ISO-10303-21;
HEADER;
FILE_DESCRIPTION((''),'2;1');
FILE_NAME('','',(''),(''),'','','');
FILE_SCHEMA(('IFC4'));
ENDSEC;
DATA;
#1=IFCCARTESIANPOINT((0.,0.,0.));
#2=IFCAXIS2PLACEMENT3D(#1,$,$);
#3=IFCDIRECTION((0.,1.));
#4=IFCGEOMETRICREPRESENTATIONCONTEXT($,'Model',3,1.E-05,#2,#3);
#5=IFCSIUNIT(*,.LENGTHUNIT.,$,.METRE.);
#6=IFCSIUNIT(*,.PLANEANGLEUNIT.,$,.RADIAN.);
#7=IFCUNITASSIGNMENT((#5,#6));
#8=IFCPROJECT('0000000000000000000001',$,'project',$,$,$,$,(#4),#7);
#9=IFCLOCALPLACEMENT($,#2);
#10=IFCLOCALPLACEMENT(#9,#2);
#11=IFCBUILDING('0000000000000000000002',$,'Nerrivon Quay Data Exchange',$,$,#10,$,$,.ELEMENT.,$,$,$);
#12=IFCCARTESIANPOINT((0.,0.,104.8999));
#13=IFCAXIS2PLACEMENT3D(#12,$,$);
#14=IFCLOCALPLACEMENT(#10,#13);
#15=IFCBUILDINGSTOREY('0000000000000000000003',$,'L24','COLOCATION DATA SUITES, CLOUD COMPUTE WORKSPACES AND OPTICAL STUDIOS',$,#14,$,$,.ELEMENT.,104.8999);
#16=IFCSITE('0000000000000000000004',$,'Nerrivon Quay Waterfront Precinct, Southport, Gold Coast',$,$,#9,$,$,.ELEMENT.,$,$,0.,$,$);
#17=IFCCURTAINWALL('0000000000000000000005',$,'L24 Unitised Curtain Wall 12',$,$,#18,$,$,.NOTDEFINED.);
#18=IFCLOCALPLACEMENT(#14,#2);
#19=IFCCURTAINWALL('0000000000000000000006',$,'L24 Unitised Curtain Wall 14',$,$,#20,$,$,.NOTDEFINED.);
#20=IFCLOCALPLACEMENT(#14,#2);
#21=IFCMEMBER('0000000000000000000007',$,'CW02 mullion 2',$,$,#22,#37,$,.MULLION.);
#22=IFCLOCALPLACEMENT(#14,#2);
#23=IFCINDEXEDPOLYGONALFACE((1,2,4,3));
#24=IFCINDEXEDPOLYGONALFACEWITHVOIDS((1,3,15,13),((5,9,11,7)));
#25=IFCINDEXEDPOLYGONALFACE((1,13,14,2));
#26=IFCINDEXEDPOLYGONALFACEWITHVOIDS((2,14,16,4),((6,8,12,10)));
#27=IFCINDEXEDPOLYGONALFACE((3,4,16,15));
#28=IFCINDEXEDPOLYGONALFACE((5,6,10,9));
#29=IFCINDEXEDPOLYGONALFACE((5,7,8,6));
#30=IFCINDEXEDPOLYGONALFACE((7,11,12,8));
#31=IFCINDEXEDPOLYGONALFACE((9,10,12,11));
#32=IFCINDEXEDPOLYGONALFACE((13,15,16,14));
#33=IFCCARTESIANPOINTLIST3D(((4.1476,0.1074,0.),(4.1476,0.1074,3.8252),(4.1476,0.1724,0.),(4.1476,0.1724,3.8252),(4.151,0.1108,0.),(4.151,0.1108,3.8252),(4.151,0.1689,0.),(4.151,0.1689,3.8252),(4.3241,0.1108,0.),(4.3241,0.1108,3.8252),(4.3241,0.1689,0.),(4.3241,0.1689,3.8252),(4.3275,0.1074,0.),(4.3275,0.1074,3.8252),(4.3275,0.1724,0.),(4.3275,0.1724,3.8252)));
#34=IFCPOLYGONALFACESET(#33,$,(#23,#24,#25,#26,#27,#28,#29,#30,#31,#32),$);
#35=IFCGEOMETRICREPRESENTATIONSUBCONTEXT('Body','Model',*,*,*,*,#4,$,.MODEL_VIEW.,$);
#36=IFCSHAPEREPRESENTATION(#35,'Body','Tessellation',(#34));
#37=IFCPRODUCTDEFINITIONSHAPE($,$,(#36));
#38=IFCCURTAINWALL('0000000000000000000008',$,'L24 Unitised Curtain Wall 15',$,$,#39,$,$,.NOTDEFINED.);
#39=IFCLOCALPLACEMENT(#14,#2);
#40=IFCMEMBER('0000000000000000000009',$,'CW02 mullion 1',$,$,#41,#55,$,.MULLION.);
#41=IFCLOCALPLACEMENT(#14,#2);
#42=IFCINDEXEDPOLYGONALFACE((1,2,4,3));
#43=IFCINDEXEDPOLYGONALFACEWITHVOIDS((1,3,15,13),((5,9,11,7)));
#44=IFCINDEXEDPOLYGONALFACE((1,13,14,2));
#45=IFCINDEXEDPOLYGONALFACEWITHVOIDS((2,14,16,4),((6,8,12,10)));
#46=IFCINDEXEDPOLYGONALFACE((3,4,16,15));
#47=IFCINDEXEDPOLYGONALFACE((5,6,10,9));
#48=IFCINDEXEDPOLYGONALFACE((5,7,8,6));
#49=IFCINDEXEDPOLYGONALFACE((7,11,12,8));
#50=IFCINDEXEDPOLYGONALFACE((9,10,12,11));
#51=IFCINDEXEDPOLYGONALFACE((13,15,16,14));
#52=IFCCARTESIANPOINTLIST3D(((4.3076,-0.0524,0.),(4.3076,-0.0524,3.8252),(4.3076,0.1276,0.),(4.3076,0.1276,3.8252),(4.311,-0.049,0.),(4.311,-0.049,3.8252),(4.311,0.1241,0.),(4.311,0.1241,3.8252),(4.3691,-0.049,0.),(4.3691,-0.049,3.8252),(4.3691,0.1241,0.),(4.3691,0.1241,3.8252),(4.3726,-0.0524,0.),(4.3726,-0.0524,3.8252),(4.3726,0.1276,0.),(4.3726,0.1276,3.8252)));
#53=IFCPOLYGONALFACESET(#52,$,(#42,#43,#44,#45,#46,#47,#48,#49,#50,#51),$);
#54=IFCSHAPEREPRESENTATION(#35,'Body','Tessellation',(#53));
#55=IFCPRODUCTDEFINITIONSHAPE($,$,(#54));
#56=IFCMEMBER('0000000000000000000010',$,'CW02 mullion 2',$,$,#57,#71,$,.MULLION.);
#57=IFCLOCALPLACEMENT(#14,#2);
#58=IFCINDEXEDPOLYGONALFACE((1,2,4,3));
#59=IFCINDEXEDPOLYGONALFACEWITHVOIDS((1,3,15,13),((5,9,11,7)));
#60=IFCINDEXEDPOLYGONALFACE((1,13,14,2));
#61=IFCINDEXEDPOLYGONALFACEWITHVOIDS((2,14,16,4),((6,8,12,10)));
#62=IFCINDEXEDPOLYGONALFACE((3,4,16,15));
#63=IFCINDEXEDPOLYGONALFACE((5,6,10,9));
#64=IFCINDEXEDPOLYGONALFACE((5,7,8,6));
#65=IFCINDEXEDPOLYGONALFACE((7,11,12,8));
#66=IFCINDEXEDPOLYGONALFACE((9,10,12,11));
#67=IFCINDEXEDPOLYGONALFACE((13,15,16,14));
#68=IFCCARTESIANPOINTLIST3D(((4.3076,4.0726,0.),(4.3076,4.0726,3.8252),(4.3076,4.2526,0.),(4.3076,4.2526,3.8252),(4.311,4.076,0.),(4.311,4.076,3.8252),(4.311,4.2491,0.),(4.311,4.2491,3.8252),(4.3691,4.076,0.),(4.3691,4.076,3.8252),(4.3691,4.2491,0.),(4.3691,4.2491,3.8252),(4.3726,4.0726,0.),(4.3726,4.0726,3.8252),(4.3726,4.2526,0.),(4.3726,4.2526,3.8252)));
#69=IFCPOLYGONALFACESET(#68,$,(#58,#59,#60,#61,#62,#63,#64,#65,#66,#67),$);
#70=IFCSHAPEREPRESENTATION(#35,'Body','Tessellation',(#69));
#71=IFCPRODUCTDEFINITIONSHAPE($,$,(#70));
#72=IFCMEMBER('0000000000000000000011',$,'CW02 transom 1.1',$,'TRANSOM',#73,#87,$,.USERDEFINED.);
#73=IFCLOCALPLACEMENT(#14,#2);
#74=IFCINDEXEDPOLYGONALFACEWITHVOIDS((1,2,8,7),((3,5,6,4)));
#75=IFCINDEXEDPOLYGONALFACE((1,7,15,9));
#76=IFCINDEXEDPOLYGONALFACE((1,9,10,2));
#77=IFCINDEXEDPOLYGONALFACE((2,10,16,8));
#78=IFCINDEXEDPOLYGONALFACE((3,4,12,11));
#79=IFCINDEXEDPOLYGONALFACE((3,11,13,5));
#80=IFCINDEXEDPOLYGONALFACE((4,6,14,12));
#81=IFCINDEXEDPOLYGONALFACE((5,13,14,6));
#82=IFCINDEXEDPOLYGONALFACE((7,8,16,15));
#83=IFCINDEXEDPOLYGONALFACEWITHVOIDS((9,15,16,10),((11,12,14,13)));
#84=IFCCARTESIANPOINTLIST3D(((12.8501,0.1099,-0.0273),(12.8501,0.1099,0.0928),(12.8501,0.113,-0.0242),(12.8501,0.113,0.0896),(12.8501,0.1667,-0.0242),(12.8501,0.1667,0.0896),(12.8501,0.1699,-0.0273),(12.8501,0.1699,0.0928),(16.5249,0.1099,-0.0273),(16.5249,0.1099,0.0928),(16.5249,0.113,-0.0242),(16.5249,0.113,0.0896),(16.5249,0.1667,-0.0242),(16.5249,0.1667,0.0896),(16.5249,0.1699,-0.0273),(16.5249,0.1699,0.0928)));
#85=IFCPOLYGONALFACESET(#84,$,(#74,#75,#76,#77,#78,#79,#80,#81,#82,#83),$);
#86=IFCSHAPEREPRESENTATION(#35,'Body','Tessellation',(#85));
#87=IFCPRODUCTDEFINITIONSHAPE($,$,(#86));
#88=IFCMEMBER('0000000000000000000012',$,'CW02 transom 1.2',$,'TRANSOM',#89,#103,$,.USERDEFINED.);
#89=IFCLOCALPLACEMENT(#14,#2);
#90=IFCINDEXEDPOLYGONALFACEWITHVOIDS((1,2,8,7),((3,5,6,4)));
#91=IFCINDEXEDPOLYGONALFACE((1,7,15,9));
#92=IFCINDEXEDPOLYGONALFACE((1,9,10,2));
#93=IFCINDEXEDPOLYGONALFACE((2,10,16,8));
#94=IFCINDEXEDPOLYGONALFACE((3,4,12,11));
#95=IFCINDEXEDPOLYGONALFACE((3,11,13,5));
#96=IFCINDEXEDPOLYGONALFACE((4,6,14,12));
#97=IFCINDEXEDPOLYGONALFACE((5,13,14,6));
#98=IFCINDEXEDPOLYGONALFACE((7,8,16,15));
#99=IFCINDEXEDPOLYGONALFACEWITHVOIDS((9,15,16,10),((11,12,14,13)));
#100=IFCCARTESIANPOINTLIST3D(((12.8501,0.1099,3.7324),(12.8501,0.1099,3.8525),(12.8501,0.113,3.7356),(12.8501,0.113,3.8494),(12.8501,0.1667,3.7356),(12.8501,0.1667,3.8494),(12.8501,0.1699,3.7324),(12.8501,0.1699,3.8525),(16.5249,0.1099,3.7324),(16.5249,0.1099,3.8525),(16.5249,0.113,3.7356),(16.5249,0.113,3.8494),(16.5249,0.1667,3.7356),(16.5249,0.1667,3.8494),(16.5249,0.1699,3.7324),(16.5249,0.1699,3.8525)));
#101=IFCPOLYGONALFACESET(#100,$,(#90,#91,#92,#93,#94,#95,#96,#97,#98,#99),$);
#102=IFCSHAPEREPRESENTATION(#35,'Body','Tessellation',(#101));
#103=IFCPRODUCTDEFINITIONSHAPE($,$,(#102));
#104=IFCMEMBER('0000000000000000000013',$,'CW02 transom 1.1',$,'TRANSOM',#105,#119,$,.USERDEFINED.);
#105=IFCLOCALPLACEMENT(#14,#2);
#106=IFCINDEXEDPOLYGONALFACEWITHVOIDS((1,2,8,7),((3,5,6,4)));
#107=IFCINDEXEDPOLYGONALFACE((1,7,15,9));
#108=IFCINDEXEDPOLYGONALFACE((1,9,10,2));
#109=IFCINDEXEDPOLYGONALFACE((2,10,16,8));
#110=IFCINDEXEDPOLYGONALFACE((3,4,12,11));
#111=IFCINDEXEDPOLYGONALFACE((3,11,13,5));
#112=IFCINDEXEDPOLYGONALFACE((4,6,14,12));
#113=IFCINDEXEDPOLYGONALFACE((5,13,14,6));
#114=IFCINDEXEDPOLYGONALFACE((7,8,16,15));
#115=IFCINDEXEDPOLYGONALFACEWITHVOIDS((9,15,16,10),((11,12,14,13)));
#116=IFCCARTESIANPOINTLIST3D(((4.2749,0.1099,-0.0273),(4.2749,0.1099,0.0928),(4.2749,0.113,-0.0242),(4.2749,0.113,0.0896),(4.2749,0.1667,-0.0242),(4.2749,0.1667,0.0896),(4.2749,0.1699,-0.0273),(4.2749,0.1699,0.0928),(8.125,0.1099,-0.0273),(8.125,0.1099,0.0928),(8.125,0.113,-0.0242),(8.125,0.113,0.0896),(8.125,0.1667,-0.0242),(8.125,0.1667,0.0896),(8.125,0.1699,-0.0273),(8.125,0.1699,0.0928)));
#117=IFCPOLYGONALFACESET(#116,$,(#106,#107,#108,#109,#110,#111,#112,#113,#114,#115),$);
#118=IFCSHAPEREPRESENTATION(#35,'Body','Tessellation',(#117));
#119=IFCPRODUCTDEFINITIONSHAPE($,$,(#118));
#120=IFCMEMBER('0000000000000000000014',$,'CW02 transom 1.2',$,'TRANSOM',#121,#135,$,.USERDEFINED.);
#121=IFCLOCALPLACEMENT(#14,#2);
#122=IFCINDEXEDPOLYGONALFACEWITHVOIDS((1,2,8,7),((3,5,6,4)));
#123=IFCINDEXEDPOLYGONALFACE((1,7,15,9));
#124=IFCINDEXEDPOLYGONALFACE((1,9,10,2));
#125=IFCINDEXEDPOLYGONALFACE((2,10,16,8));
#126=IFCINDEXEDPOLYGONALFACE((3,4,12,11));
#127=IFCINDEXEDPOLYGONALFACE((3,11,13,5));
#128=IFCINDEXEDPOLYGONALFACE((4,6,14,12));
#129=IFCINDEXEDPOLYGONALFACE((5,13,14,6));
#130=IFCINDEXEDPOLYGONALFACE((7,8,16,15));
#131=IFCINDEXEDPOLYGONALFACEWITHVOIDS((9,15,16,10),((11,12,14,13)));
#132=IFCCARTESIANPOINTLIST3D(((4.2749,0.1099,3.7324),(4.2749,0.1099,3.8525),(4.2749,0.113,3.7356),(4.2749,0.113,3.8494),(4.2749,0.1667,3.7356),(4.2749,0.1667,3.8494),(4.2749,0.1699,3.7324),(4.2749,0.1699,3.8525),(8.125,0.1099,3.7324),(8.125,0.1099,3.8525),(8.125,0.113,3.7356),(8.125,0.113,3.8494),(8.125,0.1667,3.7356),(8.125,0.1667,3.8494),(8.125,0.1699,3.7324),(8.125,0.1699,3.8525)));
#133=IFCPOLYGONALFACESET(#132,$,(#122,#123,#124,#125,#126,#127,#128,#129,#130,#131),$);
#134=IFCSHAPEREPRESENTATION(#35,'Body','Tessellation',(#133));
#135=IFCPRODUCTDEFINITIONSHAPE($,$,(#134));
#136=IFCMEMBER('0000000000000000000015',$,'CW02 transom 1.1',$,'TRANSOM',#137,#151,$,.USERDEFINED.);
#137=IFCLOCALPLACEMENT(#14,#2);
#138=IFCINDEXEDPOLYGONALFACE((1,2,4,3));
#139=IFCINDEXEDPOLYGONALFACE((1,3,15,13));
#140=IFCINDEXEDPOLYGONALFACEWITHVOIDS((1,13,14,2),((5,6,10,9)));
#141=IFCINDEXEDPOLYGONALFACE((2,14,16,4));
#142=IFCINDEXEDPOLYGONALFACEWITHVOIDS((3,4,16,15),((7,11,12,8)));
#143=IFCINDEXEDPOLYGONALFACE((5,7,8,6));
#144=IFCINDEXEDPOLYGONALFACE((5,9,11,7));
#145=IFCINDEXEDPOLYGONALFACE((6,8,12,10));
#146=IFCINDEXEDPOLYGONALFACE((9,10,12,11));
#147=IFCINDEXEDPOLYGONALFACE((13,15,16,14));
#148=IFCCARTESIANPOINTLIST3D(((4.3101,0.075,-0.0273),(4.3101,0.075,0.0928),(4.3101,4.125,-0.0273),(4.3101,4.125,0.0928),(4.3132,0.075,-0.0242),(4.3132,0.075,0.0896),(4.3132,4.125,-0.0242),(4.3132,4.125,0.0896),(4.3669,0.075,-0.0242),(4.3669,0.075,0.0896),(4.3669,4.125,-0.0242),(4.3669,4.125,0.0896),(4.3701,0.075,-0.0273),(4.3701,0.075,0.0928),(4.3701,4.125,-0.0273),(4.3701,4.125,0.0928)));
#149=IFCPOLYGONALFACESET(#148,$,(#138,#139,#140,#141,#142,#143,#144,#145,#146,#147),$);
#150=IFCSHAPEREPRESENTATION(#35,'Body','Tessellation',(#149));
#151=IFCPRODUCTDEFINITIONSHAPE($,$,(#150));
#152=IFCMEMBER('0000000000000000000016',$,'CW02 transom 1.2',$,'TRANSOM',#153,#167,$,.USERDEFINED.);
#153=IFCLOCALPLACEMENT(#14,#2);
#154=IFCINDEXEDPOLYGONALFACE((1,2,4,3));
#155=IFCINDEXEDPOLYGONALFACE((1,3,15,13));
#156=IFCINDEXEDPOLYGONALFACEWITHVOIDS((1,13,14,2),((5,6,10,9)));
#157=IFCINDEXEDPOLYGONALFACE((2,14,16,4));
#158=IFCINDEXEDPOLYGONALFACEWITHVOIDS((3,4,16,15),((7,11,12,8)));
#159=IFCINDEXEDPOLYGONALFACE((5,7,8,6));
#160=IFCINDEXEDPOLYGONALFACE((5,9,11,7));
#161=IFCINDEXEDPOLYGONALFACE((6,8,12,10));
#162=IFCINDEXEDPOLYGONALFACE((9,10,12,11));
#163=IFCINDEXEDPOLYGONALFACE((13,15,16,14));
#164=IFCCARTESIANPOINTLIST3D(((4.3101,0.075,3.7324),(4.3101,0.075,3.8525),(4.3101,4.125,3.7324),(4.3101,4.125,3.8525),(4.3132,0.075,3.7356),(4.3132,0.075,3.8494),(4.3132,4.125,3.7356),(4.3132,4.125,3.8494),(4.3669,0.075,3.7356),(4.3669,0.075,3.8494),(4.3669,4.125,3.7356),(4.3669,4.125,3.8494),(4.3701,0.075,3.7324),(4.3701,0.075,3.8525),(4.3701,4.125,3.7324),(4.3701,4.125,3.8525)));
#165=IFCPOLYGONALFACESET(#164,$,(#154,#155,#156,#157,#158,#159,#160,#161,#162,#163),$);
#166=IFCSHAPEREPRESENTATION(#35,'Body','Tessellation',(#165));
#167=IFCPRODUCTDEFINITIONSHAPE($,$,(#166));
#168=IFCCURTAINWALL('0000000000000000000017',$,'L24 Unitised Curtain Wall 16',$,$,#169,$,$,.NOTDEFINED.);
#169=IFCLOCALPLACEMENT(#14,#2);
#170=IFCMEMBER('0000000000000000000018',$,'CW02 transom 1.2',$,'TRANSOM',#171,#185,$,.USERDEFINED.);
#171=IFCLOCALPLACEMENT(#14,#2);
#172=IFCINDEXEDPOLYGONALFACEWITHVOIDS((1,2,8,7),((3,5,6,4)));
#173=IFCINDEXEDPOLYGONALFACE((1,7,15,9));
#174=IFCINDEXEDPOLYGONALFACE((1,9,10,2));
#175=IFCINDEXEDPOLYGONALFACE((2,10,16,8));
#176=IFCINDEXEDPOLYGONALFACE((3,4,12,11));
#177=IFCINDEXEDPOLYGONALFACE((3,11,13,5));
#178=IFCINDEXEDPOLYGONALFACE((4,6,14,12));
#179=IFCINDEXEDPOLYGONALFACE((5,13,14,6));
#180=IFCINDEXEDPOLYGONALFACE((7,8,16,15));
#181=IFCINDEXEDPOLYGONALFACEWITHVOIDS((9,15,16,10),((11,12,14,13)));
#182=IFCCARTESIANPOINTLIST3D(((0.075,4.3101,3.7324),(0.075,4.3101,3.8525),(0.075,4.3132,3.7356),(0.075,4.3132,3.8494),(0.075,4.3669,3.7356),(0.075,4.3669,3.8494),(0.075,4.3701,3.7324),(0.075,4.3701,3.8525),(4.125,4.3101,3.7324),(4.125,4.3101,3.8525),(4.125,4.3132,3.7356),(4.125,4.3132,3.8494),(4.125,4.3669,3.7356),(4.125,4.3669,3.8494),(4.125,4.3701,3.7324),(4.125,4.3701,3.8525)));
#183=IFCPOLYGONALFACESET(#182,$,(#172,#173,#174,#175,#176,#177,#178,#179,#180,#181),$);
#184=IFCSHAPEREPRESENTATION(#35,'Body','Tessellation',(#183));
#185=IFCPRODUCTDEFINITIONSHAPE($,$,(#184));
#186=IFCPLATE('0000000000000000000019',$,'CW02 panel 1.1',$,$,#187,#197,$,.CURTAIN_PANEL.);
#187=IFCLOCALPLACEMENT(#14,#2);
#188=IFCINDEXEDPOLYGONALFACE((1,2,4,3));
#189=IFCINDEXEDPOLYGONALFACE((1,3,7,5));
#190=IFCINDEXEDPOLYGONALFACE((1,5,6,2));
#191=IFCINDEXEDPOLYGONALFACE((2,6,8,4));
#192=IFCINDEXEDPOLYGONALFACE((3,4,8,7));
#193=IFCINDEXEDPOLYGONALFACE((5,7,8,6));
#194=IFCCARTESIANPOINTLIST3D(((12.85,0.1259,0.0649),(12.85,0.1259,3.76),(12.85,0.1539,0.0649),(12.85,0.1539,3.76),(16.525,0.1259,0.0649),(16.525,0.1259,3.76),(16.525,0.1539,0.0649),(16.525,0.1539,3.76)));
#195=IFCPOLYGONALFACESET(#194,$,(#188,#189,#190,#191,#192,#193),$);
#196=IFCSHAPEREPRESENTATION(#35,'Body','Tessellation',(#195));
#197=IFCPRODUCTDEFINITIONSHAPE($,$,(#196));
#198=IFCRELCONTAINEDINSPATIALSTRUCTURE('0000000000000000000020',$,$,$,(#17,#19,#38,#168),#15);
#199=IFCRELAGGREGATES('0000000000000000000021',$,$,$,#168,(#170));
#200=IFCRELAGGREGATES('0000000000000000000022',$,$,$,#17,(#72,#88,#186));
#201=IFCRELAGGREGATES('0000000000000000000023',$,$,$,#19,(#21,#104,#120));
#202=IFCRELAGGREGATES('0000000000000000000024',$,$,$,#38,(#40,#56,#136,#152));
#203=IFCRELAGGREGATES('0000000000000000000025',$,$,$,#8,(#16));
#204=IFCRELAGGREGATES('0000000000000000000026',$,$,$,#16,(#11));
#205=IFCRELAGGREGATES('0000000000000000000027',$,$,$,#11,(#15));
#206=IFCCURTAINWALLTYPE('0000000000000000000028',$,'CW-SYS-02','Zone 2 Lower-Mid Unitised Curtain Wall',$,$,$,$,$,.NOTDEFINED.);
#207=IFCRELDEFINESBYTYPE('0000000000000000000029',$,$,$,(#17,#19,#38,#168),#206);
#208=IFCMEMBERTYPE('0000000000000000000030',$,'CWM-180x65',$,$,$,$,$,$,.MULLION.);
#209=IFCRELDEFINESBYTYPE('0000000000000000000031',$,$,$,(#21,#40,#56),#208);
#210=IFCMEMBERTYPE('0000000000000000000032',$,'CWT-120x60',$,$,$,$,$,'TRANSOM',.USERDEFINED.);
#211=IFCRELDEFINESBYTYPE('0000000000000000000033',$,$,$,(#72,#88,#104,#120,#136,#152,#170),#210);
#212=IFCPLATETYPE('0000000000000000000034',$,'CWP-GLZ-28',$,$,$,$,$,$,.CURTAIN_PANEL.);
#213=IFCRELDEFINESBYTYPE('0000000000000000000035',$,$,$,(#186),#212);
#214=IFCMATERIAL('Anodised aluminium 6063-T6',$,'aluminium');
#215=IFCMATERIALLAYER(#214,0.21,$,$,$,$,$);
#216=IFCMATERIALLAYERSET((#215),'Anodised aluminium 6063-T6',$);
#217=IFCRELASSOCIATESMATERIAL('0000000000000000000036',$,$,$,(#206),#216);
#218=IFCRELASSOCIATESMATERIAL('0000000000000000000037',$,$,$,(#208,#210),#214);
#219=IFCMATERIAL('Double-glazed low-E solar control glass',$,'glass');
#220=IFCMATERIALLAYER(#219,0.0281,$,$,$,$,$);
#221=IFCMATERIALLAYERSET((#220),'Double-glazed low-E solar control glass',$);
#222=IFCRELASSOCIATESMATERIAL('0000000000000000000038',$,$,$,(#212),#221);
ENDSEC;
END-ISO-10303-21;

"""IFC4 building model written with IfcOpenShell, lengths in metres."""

from ifc_helpers import new_model, si_unit, direction, frame, origin, origin_2d, place, context, subcontext, project, spatial, rectangle, hollow_rectangle, extrude, material, layer, layer_set, material_profile, profile_set, type_object, element, aggregate, save


model = new_model("IFC4")

# Units and contexts
model_context = context("Model", 3, precision=1e-05, world=origin(), true_north=direction((0.0, 1.0)))
body_context = subcontext(model_context, "Body", "Model", "MODEL_VIEW")
ifc_project = project(units=[si_unit("LENGTHUNIT", "METRE"), si_unit("PLANEANGLEUNIT", "RADIAN")], contexts=[model_context])

# Site, building, storey
site_placement = place(None, origin())
site = spatial("IfcSite", under=ifc_project, at=site_placement, Name="Nerrivon Quay Waterfront Precinct, Southport, Gold Coast", CompositionType="ELEMENT", RefElevation=0.0)
building_placement = place(site_placement, origin())
building = spatial("IfcBuilding", under=site, at=building_placement, Name="Nerrivon Quay Data Exchange", CompositionType="ELEMENT")
storey_placement = place(building_placement, frame((0.0, 0.0, 104.8999)))
storey = spatial("IfcBuildingStorey", under=building, at=storey_placement, Name="L24", Description="COLOCATION DATA SUITES, CLOUD COMPUTE WORKSPACES AND OPTICAL STUDIOS", CompositionType="ELEMENT", Elevation=104.8999)

# Curtain walls, members
ifc_material_1 = material(Name="Anodised aluminium 6063-T6", Category="aluminium")
ifc_layer_1 = layer(ifc_material_1, 0.21)
ifc_layer_set_1 = layer_set([ifc_layer_1], Name="Anodised aluminium 6063-T6")
curtain_wall_type = type_object("IfcCurtainWallType", Name="CW-SYS-02", Description="Zone 2 Lower-Mid Unitised Curtain Wall", PredefinedType="NOTDEFINED", material=ifc_layer_set_1)
curtain_wall_1_placement = place(storey_placement, origin())
curtain_wall_1 = element("IfcCurtainWall", 1, at=curtain_wall_1_placement, inside=storey, type_object=curtain_wall_type, Name="L24 Unitised Curtain Wall 12", PredefinedType="NOTDEFINED")
ifc_material_profile_1 = material_profile(ifc_material_1, hollow_rectangle(XDim=0.0649, YDim=0.1799, WallThickness=0.0034, at=origin_2d()), Name="ALU-MULL-180x65")
ifc_profile_set_1 = profile_set([ifc_material_profile_1], Name="Anodised aluminium 6063-T6")
member_type_1 = type_object("IfcMemberType", Name="CWM-180x65", PredefinedType="MULLION", material=ifc_profile_set_1)
curtain_wall_2_placement = place(storey_placement, origin())
curtain_wall_2 = element("IfcCurtainWall", 2, at=curtain_wall_2_placement, inside=storey, type_object=curtain_wall_type, Name="L24 Unitised Curtain Wall 14", PredefinedType="NOTDEFINED")
member_1_placement = place(storey_placement, frame((4.2375, 0.1399, 0.0), z_axis=(0.0, 0.0, 1.0), x_axis=(0.0, -1.0, 0.0)))
member_1 = element("IfcMember", 3, at=member_1_placement, type_object=member_type_1, Name="CW02 mullion 2", PredefinedType="MULLION", context=body_context, shape_type="SweptSolid", body=[
    extrude(hollow_rectangle(XDim=0.0649, YDim=0.1799, WallThickness=0.0034, at=origin_2d()), origin(), (0.0, 0.0, 1.0), 3.8252),
])
curtain_wall_3_placement = place(storey_placement, origin())
curtain_wall_3 = element("IfcCurtainWall", 4, at=curtain_wall_3_placement, inside=storey, type_object=curtain_wall_type, Name="L24 Unitised Curtain Wall 15", PredefinedType="NOTDEFINED")
member_2_placement = place(storey_placement, frame((4.3401, 0.0376, 0.0), z_axis=(0.0, 0.0, 1.0), x_axis=(-1.0, 0.0, 0.0)))
member_2 = element("IfcMember", 5, at=member_2_placement, type_object=member_type_1, Name="CW02 mullion 1", PredefinedType="MULLION", context=body_context, shape_type="SweptSolid", body=[
    extrude(hollow_rectangle(XDim=0.0649, YDim=0.1799, WallThickness=0.0034, at=origin_2d()), origin(), (0.0, 0.0, 1.0), 3.8252),
])
member_3_placement = place(storey_placement, frame((4.3401, 4.1626, 0.0), z_axis=(0.0, 0.0, 1.0), x_axis=(-1.0, 0.0, 0.0)))
member_3 = element("IfcMember", 6, at=member_3_placement, type_object=member_type_1, Name="CW02 mullion 2", PredefinedType="MULLION", context=body_context, shape_type="SweptSolid", body=[
    extrude(hollow_rectangle(XDim=0.0649, YDim=0.1799, WallThickness=0.0034, at=origin_2d()), origin(), (0.0, 0.0, 1.0), 3.8252),
])

# Members
ifc_material_profile_2 = material_profile(ifc_material_1, hollow_rectangle(XDim=0.0601, YDim=0.1201, WallThickness=0.0032, at=origin_2d()), Name="ALU-TRAN-120x60")
ifc_profile_set_2 = profile_set([ifc_material_profile_2], Name="Anodised aluminium 6063-T6")
member_type_2 = type_object("IfcMemberType", Name="CWT-120x60", ElementType="TRANSOM", PredefinedType="USERDEFINED", material=ifc_profile_set_2)
member_4_placement = place(storey_placement, frame((16.5249, 0.1399, 0.0327), z_axis=(-1.0, 0.0, 0.0), x_axis=(0.0, -1.0, 0.0)))
member_4 = element("IfcMember", 7, at=member_4_placement, type_object=member_type_2, Name="CW02 transom 1.1", ObjectType="TRANSOM", PredefinedType="USERDEFINED", context=body_context, shape_type="SweptSolid", body=[
    extrude(hollow_rectangle(XDim=0.0601, YDim=0.1201, WallThickness=0.0032, at=origin_2d()), origin(), (0.0, 0.0, 1.0), 3.6748),
])
member_5_placement = place(storey_placement, frame((16.5249, 0.1399, 3.7925), z_axis=(-1.0, 0.0, 0.0), x_axis=(0.0, -1.0, 0.0)))
member_5 = element("IfcMember", 8, at=member_5_placement, type_object=member_type_2, Name="CW02 transom 1.2", ObjectType="TRANSOM", PredefinedType="USERDEFINED", context=body_context, shape_type="SweptSolid", body=[
    extrude(hollow_rectangle(XDim=0.0601, YDim=0.1201, WallThickness=0.0032, at=origin_2d()), origin(), (0.0, 0.0, 1.0), 3.6748),
])
member_6_placement = place(storey_placement, frame((8.125, 0.1399, 0.0327), z_axis=(-1.0, 0.0, 0.0), x_axis=(0.0, -1.0, 0.0)))
member_6 = element("IfcMember", 9, at=member_6_placement, type_object=member_type_2, Name="CW02 transom 1.1", ObjectType="TRANSOM", PredefinedType="USERDEFINED", context=body_context, shape_type="SweptSolid", body=[
    extrude(hollow_rectangle(XDim=0.0601, YDim=0.1201, WallThickness=0.0032, at=origin_2d()), origin(), (0.0, 0.0, 1.0), 3.8501),
])
member_7_placement = place(storey_placement, frame((8.125, 0.1399, 3.7925), z_axis=(-1.0, 0.0, 0.0), x_axis=(0.0, -1.0, 0.0)))
member_7 = element("IfcMember", 10, at=member_7_placement, type_object=member_type_2, Name="CW02 transom 1.2", ObjectType="TRANSOM", PredefinedType="USERDEFINED", context=body_context, shape_type="SweptSolid", body=[
    extrude(hollow_rectangle(XDim=0.0601, YDim=0.1201, WallThickness=0.0032, at=origin_2d()), origin(), (0.0, 0.0, 1.0), 3.8501),
])
member_8_placement = place(storey_placement, frame((4.3401, 0.075, 0.0327), z_axis=(0.0, 1.0, 0.0), x_axis=(-1.0, 0.0, 0.0)))
member_8 = element("IfcMember", 11, at=member_8_placement, type_object=member_type_2, Name="CW02 transom 1.1", ObjectType="TRANSOM", PredefinedType="USERDEFINED", context=body_context, shape_type="SweptSolid", body=[
    extrude(hollow_rectangle(XDim=0.0601, YDim=0.1201, WallThickness=0.0032, at=origin_2d()), origin(), (0.0, 0.0, 1.0), 4.05),
])
member_9_placement = place(storey_placement, frame((4.3401, 0.075, 3.7925), z_axis=(0.0, 1.0, 0.0), x_axis=(-1.0, 0.0, 0.0)))
member_9 = element("IfcMember", 12, at=member_9_placement, type_object=member_type_2, Name="CW02 transom 1.2", ObjectType="TRANSOM", PredefinedType="USERDEFINED", context=body_context, shape_type="SweptSolid", body=[
    extrude(hollow_rectangle(XDim=0.0601, YDim=0.1201, WallThickness=0.0032, at=origin_2d()), origin(), (0.0, 0.0, 1.0), 4.05),
])

# Curtain wall, member
curtain_wall_4_placement = place(storey_placement, origin())
curtain_wall_4 = element("IfcCurtainWall", 13, at=curtain_wall_4_placement, inside=storey, type_object=curtain_wall_type, Name="L24 Unitised Curtain Wall 16", PredefinedType="NOTDEFINED")
member_10_placement = place(storey_placement, frame((4.125, 4.3401, 3.7925), z_axis=(-1.0, 0.0, 0.0), x_axis=(0.0, -1.0, 0.0)))
member_10 = element("IfcMember", 14, at=member_10_placement, type_object=member_type_2, Name="CW02 transom 1.2", ObjectType="TRANSOM", PredefinedType="USERDEFINED", context=body_context, shape_type="SweptSolid", body=[
    extrude(hollow_rectangle(XDim=0.0601, YDim=0.1201, WallThickness=0.0032, at=origin_2d()), origin(), (0.0, 0.0, 1.0), 4.05),
])
aggregate(curtain_wall_4, [member_10])

# Plate
ifc_material_2 = material(Name="Double-glazed low-E solar control glass", Category="glass")
ifc_layer_2 = layer(ifc_material_2, 0.0281)
ifc_layer_set_2 = layer_set([ifc_layer_2], Name="Double-glazed low-E solar control glass")
plate_type = type_object("IfcPlateType", Name="CWP-GLZ-28", PredefinedType="CURTAIN_PANEL", material=ifc_layer_set_2)
plate_1_placement = place(storey_placement, frame((14.6875, 0.1399, 0.0649), z_axis=(0.0, 0.0, 1.0), x_axis=(-1.0, 0.0, 0.0)))
plate_1 = element("IfcPlate", 15, at=plate_1_placement, type_object=plate_type, Name="CW02 panel 1.1", PredefinedType="CURTAIN_PANEL", context=body_context, shape_type="SweptSolid", body=[
    extrude(rectangle(XDim=3.675, YDim=0.0281, at=origin_2d()), origin(), (0.0, 0.0, 1.0), 3.6951),
])
aggregate(curtain_wall_1, [member_4, member_5, plate_1])
aggregate(curtain_wall_2, [member_1, member_6, member_7])
aggregate(curtain_wall_3, [member_2, member_3, member_8, member_9])

save(model, "model.ifc")
